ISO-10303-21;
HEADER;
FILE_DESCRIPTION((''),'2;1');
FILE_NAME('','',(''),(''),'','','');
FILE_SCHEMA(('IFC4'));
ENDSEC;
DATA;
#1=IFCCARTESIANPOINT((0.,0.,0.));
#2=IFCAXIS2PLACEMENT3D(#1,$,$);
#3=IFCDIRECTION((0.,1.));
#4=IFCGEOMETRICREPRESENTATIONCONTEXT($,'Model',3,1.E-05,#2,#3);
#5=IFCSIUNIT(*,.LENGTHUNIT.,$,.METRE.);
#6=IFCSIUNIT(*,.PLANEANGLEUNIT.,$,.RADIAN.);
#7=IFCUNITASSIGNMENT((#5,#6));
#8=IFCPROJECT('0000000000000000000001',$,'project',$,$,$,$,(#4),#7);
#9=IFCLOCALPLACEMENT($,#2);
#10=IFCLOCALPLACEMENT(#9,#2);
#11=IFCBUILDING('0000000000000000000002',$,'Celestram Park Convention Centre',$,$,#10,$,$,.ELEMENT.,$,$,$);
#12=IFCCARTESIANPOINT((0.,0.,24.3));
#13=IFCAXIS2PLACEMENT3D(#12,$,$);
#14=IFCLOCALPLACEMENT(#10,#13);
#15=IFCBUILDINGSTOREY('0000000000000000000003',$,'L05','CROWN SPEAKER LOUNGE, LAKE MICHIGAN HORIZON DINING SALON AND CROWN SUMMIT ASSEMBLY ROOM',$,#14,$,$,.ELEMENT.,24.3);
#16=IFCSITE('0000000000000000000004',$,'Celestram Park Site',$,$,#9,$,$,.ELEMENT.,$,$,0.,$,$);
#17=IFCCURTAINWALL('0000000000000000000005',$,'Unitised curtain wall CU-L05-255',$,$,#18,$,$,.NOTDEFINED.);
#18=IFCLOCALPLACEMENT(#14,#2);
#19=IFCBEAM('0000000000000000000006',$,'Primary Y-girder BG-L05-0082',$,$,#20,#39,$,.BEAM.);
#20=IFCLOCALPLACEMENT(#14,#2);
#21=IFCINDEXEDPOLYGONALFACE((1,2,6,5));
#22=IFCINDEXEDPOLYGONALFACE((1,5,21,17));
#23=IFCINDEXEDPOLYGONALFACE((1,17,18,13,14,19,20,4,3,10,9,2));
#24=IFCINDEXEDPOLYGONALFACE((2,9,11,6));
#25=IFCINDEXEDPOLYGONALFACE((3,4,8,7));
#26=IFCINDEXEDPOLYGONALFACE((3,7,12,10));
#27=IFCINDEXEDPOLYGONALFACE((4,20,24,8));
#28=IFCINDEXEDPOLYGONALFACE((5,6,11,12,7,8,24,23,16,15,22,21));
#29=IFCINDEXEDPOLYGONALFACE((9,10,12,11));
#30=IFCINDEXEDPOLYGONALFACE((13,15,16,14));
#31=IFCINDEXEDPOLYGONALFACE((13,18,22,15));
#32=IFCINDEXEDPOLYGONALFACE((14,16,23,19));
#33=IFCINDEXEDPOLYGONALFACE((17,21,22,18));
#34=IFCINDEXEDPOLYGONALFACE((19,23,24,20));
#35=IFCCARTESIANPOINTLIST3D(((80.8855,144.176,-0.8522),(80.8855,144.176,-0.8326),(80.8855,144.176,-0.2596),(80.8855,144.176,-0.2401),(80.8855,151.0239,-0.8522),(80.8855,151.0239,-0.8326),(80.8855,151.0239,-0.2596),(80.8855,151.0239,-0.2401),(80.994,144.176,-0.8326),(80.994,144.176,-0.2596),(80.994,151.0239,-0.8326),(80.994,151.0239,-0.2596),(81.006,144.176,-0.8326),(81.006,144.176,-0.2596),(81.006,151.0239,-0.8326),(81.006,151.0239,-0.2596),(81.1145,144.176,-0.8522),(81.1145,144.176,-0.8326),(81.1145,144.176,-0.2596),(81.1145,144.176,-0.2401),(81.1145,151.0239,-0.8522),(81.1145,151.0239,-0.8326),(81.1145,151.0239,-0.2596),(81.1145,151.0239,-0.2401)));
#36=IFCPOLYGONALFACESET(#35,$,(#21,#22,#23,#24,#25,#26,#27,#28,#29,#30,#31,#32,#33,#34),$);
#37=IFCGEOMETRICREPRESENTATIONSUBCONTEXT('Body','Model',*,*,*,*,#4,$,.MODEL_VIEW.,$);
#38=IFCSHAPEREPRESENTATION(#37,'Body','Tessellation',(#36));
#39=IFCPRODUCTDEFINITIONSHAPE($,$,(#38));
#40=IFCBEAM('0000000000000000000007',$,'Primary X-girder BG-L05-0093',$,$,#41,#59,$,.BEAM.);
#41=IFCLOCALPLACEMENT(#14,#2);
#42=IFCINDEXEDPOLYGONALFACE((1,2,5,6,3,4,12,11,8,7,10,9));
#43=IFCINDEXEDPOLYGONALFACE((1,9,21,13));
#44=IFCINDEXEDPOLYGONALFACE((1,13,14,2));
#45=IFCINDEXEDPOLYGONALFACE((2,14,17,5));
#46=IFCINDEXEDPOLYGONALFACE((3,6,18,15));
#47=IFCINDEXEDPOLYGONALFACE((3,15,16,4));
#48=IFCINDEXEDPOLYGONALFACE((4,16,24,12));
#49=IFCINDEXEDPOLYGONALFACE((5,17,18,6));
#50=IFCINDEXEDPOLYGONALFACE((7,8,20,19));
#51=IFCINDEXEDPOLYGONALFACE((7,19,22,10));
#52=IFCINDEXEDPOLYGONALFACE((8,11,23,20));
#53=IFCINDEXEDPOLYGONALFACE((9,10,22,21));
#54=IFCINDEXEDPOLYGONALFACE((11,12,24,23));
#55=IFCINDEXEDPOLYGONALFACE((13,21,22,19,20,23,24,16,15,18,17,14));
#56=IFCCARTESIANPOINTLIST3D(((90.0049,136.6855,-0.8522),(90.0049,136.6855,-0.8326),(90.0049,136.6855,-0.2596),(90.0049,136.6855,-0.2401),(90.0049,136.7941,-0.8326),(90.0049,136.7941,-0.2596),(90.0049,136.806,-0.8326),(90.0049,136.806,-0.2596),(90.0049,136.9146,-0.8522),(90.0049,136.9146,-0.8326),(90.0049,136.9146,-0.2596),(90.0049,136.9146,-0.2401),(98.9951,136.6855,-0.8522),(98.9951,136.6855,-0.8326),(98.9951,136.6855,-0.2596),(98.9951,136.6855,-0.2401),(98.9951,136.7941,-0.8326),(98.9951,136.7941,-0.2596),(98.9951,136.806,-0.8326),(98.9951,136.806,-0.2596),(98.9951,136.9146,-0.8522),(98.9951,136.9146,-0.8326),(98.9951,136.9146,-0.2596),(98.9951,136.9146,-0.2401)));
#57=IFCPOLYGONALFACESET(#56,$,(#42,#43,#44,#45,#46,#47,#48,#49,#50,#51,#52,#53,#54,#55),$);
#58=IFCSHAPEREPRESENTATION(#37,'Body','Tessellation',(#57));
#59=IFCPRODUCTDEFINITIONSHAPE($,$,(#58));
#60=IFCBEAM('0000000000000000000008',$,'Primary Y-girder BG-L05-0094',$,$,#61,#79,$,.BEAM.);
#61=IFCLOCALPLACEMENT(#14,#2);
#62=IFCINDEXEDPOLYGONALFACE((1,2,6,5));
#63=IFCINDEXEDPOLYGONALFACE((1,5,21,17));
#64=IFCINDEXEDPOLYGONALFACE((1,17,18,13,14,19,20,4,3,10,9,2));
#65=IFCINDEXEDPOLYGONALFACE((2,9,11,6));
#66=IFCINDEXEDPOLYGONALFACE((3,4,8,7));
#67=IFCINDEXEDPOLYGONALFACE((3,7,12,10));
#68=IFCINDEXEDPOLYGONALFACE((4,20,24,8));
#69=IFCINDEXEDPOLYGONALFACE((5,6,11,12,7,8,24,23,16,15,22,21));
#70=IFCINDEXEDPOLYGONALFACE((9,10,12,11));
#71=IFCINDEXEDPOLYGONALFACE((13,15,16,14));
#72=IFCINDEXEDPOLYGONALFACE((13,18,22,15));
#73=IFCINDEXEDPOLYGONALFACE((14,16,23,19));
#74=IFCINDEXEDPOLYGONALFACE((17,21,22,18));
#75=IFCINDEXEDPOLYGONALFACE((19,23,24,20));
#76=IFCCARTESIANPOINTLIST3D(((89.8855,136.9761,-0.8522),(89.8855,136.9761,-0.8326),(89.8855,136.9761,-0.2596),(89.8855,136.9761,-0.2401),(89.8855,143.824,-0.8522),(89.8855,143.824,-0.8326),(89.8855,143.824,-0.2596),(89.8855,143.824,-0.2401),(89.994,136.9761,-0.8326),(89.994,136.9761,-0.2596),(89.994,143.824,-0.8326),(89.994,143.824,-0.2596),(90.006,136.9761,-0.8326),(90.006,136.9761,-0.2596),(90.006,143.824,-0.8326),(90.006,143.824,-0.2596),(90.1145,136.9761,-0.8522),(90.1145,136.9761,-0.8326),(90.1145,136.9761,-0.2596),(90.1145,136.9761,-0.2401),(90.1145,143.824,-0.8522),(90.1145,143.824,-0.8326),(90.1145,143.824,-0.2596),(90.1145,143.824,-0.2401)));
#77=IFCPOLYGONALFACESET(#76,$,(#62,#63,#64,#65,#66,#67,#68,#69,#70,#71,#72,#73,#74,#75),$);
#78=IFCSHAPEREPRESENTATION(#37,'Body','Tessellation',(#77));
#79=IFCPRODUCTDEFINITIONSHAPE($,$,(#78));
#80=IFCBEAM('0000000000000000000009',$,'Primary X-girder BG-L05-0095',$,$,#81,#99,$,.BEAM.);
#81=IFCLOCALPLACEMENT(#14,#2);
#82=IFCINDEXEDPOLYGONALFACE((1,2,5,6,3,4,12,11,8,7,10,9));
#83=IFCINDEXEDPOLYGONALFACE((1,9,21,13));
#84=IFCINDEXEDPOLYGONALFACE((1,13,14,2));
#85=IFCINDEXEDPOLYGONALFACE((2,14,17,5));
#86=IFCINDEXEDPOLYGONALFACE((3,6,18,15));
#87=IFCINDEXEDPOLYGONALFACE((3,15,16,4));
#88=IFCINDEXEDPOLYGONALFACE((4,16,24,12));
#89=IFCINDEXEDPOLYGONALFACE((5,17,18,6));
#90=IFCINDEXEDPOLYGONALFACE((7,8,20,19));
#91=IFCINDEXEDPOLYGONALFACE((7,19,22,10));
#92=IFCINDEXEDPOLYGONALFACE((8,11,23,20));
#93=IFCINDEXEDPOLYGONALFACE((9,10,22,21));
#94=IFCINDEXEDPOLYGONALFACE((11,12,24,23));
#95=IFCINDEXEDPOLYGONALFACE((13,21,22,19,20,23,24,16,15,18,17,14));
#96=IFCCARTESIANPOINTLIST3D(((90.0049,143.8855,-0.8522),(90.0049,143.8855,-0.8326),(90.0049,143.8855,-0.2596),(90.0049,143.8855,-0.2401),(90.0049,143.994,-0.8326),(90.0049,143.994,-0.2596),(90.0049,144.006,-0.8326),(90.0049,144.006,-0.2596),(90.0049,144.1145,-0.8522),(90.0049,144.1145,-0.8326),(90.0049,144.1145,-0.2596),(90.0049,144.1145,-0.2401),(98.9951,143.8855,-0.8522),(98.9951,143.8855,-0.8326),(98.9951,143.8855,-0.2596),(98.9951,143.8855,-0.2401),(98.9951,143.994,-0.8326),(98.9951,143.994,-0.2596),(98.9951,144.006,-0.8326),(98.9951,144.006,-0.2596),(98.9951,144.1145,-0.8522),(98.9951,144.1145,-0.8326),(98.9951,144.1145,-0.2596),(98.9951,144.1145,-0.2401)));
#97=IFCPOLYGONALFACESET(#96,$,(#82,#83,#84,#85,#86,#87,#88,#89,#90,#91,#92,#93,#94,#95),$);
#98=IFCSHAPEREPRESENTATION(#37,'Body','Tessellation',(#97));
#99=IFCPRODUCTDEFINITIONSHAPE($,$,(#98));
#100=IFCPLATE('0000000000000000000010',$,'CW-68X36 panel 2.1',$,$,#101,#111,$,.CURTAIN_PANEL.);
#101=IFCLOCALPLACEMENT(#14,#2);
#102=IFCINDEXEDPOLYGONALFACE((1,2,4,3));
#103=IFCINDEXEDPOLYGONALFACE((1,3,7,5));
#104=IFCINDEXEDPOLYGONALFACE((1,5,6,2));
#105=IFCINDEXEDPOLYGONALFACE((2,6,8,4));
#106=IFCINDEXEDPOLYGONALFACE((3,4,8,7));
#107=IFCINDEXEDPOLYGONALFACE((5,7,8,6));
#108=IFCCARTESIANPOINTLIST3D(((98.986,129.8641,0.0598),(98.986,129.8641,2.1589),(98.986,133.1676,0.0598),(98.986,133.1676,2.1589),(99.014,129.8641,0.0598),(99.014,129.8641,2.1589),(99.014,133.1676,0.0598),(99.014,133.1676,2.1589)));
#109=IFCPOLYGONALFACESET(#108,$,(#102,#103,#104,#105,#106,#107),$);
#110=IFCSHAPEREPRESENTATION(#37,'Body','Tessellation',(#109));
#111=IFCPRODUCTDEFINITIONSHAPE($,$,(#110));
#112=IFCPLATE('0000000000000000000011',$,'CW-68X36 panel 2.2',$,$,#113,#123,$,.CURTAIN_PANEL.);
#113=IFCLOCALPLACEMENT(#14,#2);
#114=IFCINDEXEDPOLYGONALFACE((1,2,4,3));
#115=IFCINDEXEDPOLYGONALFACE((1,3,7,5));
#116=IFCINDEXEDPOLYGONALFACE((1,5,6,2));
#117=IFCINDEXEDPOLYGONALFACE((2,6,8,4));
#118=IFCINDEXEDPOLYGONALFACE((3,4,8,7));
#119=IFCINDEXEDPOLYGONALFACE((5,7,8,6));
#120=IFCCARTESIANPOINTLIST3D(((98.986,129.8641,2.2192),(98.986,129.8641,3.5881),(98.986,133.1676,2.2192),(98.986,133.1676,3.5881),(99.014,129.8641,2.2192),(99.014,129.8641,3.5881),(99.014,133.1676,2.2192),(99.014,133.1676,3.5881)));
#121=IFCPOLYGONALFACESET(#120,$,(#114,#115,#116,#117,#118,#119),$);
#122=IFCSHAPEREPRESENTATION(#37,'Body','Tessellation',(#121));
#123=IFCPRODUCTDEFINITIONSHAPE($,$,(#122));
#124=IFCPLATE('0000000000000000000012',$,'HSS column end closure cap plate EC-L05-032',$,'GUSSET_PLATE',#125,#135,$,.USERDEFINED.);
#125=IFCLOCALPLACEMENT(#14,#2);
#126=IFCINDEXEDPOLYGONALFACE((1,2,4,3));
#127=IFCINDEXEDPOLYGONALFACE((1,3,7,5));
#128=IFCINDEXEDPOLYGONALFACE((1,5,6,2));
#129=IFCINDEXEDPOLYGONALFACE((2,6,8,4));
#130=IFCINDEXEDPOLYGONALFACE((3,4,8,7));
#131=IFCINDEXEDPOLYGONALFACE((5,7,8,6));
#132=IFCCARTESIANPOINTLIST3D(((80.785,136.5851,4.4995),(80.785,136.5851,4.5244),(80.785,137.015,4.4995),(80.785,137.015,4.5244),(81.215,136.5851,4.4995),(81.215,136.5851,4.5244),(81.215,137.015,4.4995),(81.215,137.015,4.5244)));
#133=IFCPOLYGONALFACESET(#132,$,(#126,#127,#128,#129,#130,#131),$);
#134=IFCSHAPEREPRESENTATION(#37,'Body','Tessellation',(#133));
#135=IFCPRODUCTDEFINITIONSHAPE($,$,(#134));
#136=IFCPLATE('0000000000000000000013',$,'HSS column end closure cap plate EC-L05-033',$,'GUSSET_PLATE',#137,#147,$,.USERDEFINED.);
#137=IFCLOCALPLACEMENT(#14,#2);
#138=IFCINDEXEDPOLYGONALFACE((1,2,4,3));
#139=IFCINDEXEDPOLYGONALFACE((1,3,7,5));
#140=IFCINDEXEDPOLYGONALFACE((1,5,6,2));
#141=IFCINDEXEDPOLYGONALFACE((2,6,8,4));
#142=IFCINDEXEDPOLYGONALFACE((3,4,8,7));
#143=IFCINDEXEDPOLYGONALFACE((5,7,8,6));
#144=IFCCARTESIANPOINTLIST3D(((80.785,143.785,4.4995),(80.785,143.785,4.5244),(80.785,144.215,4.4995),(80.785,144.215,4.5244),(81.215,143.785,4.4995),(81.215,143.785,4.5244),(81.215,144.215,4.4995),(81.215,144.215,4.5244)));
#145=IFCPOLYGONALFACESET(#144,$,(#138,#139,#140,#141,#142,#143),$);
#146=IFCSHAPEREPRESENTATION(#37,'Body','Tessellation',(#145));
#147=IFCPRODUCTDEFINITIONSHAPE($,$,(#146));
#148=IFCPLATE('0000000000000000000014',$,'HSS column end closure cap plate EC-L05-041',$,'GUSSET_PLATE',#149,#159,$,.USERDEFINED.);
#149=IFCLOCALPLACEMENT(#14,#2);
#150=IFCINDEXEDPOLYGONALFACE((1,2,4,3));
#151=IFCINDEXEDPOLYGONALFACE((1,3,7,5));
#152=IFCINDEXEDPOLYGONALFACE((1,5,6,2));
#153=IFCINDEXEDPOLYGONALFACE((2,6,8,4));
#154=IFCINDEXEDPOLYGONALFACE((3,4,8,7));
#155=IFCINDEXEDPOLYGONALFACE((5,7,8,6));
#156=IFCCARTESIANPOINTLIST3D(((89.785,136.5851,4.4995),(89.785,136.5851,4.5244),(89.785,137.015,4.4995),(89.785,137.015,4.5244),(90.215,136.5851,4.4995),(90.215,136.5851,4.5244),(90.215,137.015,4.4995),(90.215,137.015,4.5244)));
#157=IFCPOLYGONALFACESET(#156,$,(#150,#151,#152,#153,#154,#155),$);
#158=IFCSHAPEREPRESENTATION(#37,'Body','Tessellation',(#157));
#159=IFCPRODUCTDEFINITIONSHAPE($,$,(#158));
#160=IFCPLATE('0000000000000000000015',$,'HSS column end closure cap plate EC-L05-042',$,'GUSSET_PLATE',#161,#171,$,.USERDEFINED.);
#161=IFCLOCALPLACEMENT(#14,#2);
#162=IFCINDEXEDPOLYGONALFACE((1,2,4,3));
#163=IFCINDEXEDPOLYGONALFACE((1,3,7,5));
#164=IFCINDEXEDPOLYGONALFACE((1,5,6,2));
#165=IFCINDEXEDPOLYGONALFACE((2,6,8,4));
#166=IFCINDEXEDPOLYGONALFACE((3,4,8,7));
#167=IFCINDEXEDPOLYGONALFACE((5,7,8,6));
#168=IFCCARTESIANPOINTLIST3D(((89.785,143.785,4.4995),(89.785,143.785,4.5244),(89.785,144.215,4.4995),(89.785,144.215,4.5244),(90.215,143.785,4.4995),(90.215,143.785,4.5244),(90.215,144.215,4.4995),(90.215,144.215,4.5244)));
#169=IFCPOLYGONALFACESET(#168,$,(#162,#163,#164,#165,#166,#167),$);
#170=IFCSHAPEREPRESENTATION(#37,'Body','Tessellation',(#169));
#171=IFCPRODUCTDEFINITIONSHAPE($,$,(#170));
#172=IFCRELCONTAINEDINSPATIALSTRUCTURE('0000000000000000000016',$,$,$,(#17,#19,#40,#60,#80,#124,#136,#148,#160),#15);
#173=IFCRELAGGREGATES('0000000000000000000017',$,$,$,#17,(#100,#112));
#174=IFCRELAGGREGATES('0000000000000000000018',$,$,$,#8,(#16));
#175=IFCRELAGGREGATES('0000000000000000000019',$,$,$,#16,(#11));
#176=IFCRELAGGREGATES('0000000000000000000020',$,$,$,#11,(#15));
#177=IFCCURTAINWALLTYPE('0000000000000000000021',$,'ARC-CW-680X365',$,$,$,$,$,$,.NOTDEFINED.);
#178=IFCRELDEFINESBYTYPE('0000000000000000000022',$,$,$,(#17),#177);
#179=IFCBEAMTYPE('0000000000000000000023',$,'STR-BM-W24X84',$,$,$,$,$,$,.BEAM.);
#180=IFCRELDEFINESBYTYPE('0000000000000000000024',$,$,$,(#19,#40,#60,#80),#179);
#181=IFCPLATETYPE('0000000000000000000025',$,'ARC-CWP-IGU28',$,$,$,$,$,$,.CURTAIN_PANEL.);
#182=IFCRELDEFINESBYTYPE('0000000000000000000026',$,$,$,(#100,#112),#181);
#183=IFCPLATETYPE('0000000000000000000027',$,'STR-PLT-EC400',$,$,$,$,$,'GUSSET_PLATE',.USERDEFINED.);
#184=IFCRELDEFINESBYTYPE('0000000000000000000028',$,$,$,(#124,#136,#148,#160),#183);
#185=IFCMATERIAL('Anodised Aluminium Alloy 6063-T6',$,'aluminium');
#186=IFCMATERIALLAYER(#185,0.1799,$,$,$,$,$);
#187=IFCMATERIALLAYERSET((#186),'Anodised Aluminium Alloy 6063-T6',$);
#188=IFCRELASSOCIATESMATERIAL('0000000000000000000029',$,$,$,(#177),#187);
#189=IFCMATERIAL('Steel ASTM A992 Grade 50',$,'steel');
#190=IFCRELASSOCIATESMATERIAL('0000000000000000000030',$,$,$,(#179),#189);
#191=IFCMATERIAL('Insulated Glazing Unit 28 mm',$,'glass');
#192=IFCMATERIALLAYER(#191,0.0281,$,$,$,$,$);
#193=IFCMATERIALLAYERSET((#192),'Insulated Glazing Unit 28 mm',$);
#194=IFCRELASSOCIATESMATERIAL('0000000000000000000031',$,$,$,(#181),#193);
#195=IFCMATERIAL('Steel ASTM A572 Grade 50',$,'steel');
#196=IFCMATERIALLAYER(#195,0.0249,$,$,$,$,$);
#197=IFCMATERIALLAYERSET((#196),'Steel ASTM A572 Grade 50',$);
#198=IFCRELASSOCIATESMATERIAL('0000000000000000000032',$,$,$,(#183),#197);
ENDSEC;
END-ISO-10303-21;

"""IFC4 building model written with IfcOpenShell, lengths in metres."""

from ifc_helpers import new_model, si_unit, direction, frame, origin, origin_2d, place, context, subcontext, project, spatial, rectangle, i_section, extrude, material, layer, layer_set, material_profile, profile_set, type_object, element, aggregate, save


model = new_model("IFC4")

# Units and contexts
model_context = context("Model", 3, precision=1e-05, world=origin(), true_north=direction((0.0, 1.0)))
body_context = subcontext(model_context, "Body", "Model", "MODEL_VIEW")
ifc_project = project(units=[si_unit("LENGTHUNIT", "METRE"), si_unit("PLANEANGLEUNIT", "RADIAN")], contexts=[model_context])

# Site, building, storey
site_placement = place(None, origin())
site = spatial("IfcSite", under=ifc_project, at=site_placement, Name="Celestram Park Site", CompositionType="ELEMENT", RefElevation=0.0)
building_placement = place(site_placement, origin())
building = spatial("IfcBuilding", under=site, at=building_placement, Name="Celestram Park Convention Centre", CompositionType="ELEMENT")
storey_placement = place(building_placement, frame((0.0, 0.0, 24.3)))
storey = spatial("IfcBuildingStorey", under=building, at=storey_placement, Name="L05", Description="CROWN SPEAKER LOUNGE, LAKE MICHIGAN HORIZON DINING SALON AND CROWN SUMMIT ASSEMBLY ROOM", CompositionType="ELEMENT", Elevation=24.3)

# Curtain wall
ifc_material_1 = material(Name="Anodised Aluminium Alloy 6063-T6", Category="aluminium")
ifc_layer_1 = layer(ifc_material_1, 0.1799)
ifc_layer_set_1 = layer_set([ifc_layer_1], Name="Anodised Aluminium Alloy 6063-T6")
curtain_wall_type = type_object("IfcCurtainWallType", Name="ARC-CW-680X365", PredefinedType="NOTDEFINED", material=ifc_layer_set_1)
curtain_wall_placement = place(storey_placement, origin())
curtain_wall = element("IfcCurtainWall", 1, at=curtain_wall_placement, inside=storey, type_object=curtain_wall_type, Name="Unitised curtain wall CU-L05-255", PredefinedType="NOTDEFINED")

# Beams
ifc_material_2 = material(Name="Steel ASTM A992 Grade 50", Category="steel")
ifc_material_profile_1 = material_profile(ifc_material_2, i_section(OverallWidth=0.229, OverallDepth=0.6121, WebThickness=0.012, FlangeThickness=0.0195, at=origin_2d()), Name="W24X84")
ifc_profile_set_1 = profile_set([ifc_material_profile_1], Name="Steel ASTM A992 Grade 50")
beam_type = type_object("IfcBeamType", Name="STR-BM-W24X84", PredefinedType="BEAM", material=ifc_profile_set_1)
beam_1_placement = place(storey_placement, frame((81.0, 144.176, -0.5461), z_axis=(0.0, 1.0, 0.0), x_axis=(-1.0, 0.0, 0.0)))
element("IfcBeam", 2, at=beam_1_placement, inside=storey, type_object=beam_type, Name="Primary Y-girder BG-L05-0082", PredefinedType="BEAM", context=body_context, shape_type="SweptSolid", body=[
    extrude(i_section(OverallWidth=0.229, OverallDepth=0.6121, WebThickness=0.012, FlangeThickness=0.0195, at=origin_2d()), origin(), (0.0, 0.0, 1.0), 6.8479),
])
beam_2_placement = place(storey_placement, frame((90.0049, 136.8, -0.5461), z_axis=(1.0, 0.0, 0.0), x_axis=(0.0, 1.0, 0.0)))
element("IfcBeam", 3, at=beam_2_placement, inside=storey, type_object=beam_type, Name="Primary X-girder BG-L05-0093", PredefinedType="BEAM", context=body_context, shape_type="SweptSolid", body=[
    extrude(i_section(OverallWidth=0.229, OverallDepth=0.6121, WebThickness=0.012, FlangeThickness=0.0195, at=origin_2d()), origin(), (0.0, 0.0, 1.0), 8.9902),
])
beam_3_placement = place(storey_placement, frame((90.0, 136.9761, -0.5461), z_axis=(0.0, 1.0, 0.0), x_axis=(-1.0, 0.0, 0.0)))
element("IfcBeam", 4, at=beam_3_placement, inside=storey, type_object=beam_type, Name="Primary Y-girder BG-L05-0094", PredefinedType="BEAM", context=body_context, shape_type="SweptSolid", body=[
    extrude(i_section(OverallWidth=0.229, OverallDepth=0.6121, WebThickness=0.012, FlangeThickness=0.0195, at=origin_2d()), origin(), (0.0, 0.0, 1.0), 6.8479),
])
beam_4_placement = place(storey_placement, frame((90.0049, 144.0, -0.5461), z_axis=(1.0, 0.0, 0.0), x_axis=(0.0, 1.0, 0.0)))
element("IfcBeam", 5, at=beam_4_placement, inside=storey, type_object=beam_type, Name="Primary X-girder BG-L05-0095", PredefinedType="BEAM", context=body_context, shape_type="SweptSolid", body=[
    extrude(i_section(OverallWidth=0.229, OverallDepth=0.6121, WebThickness=0.012, FlangeThickness=0.0195, at=origin_2d()), origin(), (0.0, 0.0, 1.0), 8.9902),
])

# Plates
ifc_material_3 = material(Name="Insulated Glazing Unit 28 mm", Category="glass")
ifc_layer_2 = layer(ifc_material_3, 0.0281)
ifc_layer_set_2 = layer_set([ifc_layer_2], Name="Insulated Glazing Unit 28 mm")
plate_type_1 = type_object("IfcPlateType", Name="ARC-CWP-IGU28", PredefinedType="CURTAIN_PANEL", material=ifc_layer_set_2)
plate_1_placement = place(storey_placement, frame((99.0, 131.5159, 0.0598), z_axis=(0.0, 0.0, 1.0), x_axis=(0.0, -1.0, 0.0)))
plate_1 = element("IfcPlate", 6, at=plate_1_placement, type_object=plate_type_1, Name="CW-68X36 panel 2.1", PredefinedType="CURTAIN_PANEL", context=body_context, shape_type="SweptSolid", body=[
    extrude(rectangle(XDim=3.3035, YDim=0.0281, at=origin_2d()), origin(), (0.0, 0.0, 1.0), 2.0991),
])
plate_2_placement = place(storey_placement, frame((99.0, 131.5159, 2.2192), z_axis=(0.0, 0.0, 1.0), x_axis=(0.0, -1.0, 0.0)))
plate_2 = element("IfcPlate", 7, at=plate_2_placement, type_object=plate_type_1, Name="CW-68X36 panel 2.2", PredefinedType="CURTAIN_PANEL", context=body_context, shape_type="SweptSolid", body=[
    extrude(rectangle(XDim=3.3035, YDim=0.0281, at=origin_2d()), origin(), (0.0, 0.0, 1.0), 1.3689),
])
aggregate(curtain_wall, [plate_1, plate_2])

# Plates
ifc_material_4 = material(Name="Steel ASTM A572 Grade 50", Category="steel")
ifc_layer_3 = layer(ifc_material_4, 0.0249)
ifc_layer_set_3 = layer_set([ifc_layer_3], Name="Steel ASTM A572 Grade 50")
plate_type_2 = type_object("IfcPlateType", Name="STR-PLT-EC400", ElementType="GUSSET_PLATE", PredefinedType="USERDEFINED", material=ifc_layer_set_3)
for number, where, z_axis, x_axis, name in (
    (8, (81.0, 136.8, 4.4995), (0.0, 0.0, 1.0), (1.0, 0.0, 0.0), "HSS column end closure cap plate EC-L05-032"),
    (9, (81.0, 144.0, 4.4995), (0.0, 0.0, 1.0), (1.0, 0.0, 0.0), "HSS column end closure cap plate EC-L05-033"),
    (10, (90.0, 136.8, 4.4995), (0.0, 0.0, 1.0), (1.0, 0.0, 0.0), "HSS column end closure cap plate EC-L05-041"),
    (11, (90.0, 144.0, 4.4995), (0.0, 0.0, 1.0), (1.0, 0.0, 0.0), "HSS column end closure cap plate EC-L05-042"),
):
    element("IfcPlate", number, at=place(storey_placement, frame(where, z_axis=z_axis, x_axis=x_axis)), inside=storey, type_object=plate_type_2, Name=name, ObjectType="GUSSET_PLATE", PredefinedType="USERDEFINED", context=body_context, shape_type="SweptSolid", body=[
        extrude(rectangle(XDim=0.4299, YDim=0.4299, at=origin_2d()), origin(), (0.0, 0.0, 1.0), 0.0249),
    ])

save(model, "model.ifc")
